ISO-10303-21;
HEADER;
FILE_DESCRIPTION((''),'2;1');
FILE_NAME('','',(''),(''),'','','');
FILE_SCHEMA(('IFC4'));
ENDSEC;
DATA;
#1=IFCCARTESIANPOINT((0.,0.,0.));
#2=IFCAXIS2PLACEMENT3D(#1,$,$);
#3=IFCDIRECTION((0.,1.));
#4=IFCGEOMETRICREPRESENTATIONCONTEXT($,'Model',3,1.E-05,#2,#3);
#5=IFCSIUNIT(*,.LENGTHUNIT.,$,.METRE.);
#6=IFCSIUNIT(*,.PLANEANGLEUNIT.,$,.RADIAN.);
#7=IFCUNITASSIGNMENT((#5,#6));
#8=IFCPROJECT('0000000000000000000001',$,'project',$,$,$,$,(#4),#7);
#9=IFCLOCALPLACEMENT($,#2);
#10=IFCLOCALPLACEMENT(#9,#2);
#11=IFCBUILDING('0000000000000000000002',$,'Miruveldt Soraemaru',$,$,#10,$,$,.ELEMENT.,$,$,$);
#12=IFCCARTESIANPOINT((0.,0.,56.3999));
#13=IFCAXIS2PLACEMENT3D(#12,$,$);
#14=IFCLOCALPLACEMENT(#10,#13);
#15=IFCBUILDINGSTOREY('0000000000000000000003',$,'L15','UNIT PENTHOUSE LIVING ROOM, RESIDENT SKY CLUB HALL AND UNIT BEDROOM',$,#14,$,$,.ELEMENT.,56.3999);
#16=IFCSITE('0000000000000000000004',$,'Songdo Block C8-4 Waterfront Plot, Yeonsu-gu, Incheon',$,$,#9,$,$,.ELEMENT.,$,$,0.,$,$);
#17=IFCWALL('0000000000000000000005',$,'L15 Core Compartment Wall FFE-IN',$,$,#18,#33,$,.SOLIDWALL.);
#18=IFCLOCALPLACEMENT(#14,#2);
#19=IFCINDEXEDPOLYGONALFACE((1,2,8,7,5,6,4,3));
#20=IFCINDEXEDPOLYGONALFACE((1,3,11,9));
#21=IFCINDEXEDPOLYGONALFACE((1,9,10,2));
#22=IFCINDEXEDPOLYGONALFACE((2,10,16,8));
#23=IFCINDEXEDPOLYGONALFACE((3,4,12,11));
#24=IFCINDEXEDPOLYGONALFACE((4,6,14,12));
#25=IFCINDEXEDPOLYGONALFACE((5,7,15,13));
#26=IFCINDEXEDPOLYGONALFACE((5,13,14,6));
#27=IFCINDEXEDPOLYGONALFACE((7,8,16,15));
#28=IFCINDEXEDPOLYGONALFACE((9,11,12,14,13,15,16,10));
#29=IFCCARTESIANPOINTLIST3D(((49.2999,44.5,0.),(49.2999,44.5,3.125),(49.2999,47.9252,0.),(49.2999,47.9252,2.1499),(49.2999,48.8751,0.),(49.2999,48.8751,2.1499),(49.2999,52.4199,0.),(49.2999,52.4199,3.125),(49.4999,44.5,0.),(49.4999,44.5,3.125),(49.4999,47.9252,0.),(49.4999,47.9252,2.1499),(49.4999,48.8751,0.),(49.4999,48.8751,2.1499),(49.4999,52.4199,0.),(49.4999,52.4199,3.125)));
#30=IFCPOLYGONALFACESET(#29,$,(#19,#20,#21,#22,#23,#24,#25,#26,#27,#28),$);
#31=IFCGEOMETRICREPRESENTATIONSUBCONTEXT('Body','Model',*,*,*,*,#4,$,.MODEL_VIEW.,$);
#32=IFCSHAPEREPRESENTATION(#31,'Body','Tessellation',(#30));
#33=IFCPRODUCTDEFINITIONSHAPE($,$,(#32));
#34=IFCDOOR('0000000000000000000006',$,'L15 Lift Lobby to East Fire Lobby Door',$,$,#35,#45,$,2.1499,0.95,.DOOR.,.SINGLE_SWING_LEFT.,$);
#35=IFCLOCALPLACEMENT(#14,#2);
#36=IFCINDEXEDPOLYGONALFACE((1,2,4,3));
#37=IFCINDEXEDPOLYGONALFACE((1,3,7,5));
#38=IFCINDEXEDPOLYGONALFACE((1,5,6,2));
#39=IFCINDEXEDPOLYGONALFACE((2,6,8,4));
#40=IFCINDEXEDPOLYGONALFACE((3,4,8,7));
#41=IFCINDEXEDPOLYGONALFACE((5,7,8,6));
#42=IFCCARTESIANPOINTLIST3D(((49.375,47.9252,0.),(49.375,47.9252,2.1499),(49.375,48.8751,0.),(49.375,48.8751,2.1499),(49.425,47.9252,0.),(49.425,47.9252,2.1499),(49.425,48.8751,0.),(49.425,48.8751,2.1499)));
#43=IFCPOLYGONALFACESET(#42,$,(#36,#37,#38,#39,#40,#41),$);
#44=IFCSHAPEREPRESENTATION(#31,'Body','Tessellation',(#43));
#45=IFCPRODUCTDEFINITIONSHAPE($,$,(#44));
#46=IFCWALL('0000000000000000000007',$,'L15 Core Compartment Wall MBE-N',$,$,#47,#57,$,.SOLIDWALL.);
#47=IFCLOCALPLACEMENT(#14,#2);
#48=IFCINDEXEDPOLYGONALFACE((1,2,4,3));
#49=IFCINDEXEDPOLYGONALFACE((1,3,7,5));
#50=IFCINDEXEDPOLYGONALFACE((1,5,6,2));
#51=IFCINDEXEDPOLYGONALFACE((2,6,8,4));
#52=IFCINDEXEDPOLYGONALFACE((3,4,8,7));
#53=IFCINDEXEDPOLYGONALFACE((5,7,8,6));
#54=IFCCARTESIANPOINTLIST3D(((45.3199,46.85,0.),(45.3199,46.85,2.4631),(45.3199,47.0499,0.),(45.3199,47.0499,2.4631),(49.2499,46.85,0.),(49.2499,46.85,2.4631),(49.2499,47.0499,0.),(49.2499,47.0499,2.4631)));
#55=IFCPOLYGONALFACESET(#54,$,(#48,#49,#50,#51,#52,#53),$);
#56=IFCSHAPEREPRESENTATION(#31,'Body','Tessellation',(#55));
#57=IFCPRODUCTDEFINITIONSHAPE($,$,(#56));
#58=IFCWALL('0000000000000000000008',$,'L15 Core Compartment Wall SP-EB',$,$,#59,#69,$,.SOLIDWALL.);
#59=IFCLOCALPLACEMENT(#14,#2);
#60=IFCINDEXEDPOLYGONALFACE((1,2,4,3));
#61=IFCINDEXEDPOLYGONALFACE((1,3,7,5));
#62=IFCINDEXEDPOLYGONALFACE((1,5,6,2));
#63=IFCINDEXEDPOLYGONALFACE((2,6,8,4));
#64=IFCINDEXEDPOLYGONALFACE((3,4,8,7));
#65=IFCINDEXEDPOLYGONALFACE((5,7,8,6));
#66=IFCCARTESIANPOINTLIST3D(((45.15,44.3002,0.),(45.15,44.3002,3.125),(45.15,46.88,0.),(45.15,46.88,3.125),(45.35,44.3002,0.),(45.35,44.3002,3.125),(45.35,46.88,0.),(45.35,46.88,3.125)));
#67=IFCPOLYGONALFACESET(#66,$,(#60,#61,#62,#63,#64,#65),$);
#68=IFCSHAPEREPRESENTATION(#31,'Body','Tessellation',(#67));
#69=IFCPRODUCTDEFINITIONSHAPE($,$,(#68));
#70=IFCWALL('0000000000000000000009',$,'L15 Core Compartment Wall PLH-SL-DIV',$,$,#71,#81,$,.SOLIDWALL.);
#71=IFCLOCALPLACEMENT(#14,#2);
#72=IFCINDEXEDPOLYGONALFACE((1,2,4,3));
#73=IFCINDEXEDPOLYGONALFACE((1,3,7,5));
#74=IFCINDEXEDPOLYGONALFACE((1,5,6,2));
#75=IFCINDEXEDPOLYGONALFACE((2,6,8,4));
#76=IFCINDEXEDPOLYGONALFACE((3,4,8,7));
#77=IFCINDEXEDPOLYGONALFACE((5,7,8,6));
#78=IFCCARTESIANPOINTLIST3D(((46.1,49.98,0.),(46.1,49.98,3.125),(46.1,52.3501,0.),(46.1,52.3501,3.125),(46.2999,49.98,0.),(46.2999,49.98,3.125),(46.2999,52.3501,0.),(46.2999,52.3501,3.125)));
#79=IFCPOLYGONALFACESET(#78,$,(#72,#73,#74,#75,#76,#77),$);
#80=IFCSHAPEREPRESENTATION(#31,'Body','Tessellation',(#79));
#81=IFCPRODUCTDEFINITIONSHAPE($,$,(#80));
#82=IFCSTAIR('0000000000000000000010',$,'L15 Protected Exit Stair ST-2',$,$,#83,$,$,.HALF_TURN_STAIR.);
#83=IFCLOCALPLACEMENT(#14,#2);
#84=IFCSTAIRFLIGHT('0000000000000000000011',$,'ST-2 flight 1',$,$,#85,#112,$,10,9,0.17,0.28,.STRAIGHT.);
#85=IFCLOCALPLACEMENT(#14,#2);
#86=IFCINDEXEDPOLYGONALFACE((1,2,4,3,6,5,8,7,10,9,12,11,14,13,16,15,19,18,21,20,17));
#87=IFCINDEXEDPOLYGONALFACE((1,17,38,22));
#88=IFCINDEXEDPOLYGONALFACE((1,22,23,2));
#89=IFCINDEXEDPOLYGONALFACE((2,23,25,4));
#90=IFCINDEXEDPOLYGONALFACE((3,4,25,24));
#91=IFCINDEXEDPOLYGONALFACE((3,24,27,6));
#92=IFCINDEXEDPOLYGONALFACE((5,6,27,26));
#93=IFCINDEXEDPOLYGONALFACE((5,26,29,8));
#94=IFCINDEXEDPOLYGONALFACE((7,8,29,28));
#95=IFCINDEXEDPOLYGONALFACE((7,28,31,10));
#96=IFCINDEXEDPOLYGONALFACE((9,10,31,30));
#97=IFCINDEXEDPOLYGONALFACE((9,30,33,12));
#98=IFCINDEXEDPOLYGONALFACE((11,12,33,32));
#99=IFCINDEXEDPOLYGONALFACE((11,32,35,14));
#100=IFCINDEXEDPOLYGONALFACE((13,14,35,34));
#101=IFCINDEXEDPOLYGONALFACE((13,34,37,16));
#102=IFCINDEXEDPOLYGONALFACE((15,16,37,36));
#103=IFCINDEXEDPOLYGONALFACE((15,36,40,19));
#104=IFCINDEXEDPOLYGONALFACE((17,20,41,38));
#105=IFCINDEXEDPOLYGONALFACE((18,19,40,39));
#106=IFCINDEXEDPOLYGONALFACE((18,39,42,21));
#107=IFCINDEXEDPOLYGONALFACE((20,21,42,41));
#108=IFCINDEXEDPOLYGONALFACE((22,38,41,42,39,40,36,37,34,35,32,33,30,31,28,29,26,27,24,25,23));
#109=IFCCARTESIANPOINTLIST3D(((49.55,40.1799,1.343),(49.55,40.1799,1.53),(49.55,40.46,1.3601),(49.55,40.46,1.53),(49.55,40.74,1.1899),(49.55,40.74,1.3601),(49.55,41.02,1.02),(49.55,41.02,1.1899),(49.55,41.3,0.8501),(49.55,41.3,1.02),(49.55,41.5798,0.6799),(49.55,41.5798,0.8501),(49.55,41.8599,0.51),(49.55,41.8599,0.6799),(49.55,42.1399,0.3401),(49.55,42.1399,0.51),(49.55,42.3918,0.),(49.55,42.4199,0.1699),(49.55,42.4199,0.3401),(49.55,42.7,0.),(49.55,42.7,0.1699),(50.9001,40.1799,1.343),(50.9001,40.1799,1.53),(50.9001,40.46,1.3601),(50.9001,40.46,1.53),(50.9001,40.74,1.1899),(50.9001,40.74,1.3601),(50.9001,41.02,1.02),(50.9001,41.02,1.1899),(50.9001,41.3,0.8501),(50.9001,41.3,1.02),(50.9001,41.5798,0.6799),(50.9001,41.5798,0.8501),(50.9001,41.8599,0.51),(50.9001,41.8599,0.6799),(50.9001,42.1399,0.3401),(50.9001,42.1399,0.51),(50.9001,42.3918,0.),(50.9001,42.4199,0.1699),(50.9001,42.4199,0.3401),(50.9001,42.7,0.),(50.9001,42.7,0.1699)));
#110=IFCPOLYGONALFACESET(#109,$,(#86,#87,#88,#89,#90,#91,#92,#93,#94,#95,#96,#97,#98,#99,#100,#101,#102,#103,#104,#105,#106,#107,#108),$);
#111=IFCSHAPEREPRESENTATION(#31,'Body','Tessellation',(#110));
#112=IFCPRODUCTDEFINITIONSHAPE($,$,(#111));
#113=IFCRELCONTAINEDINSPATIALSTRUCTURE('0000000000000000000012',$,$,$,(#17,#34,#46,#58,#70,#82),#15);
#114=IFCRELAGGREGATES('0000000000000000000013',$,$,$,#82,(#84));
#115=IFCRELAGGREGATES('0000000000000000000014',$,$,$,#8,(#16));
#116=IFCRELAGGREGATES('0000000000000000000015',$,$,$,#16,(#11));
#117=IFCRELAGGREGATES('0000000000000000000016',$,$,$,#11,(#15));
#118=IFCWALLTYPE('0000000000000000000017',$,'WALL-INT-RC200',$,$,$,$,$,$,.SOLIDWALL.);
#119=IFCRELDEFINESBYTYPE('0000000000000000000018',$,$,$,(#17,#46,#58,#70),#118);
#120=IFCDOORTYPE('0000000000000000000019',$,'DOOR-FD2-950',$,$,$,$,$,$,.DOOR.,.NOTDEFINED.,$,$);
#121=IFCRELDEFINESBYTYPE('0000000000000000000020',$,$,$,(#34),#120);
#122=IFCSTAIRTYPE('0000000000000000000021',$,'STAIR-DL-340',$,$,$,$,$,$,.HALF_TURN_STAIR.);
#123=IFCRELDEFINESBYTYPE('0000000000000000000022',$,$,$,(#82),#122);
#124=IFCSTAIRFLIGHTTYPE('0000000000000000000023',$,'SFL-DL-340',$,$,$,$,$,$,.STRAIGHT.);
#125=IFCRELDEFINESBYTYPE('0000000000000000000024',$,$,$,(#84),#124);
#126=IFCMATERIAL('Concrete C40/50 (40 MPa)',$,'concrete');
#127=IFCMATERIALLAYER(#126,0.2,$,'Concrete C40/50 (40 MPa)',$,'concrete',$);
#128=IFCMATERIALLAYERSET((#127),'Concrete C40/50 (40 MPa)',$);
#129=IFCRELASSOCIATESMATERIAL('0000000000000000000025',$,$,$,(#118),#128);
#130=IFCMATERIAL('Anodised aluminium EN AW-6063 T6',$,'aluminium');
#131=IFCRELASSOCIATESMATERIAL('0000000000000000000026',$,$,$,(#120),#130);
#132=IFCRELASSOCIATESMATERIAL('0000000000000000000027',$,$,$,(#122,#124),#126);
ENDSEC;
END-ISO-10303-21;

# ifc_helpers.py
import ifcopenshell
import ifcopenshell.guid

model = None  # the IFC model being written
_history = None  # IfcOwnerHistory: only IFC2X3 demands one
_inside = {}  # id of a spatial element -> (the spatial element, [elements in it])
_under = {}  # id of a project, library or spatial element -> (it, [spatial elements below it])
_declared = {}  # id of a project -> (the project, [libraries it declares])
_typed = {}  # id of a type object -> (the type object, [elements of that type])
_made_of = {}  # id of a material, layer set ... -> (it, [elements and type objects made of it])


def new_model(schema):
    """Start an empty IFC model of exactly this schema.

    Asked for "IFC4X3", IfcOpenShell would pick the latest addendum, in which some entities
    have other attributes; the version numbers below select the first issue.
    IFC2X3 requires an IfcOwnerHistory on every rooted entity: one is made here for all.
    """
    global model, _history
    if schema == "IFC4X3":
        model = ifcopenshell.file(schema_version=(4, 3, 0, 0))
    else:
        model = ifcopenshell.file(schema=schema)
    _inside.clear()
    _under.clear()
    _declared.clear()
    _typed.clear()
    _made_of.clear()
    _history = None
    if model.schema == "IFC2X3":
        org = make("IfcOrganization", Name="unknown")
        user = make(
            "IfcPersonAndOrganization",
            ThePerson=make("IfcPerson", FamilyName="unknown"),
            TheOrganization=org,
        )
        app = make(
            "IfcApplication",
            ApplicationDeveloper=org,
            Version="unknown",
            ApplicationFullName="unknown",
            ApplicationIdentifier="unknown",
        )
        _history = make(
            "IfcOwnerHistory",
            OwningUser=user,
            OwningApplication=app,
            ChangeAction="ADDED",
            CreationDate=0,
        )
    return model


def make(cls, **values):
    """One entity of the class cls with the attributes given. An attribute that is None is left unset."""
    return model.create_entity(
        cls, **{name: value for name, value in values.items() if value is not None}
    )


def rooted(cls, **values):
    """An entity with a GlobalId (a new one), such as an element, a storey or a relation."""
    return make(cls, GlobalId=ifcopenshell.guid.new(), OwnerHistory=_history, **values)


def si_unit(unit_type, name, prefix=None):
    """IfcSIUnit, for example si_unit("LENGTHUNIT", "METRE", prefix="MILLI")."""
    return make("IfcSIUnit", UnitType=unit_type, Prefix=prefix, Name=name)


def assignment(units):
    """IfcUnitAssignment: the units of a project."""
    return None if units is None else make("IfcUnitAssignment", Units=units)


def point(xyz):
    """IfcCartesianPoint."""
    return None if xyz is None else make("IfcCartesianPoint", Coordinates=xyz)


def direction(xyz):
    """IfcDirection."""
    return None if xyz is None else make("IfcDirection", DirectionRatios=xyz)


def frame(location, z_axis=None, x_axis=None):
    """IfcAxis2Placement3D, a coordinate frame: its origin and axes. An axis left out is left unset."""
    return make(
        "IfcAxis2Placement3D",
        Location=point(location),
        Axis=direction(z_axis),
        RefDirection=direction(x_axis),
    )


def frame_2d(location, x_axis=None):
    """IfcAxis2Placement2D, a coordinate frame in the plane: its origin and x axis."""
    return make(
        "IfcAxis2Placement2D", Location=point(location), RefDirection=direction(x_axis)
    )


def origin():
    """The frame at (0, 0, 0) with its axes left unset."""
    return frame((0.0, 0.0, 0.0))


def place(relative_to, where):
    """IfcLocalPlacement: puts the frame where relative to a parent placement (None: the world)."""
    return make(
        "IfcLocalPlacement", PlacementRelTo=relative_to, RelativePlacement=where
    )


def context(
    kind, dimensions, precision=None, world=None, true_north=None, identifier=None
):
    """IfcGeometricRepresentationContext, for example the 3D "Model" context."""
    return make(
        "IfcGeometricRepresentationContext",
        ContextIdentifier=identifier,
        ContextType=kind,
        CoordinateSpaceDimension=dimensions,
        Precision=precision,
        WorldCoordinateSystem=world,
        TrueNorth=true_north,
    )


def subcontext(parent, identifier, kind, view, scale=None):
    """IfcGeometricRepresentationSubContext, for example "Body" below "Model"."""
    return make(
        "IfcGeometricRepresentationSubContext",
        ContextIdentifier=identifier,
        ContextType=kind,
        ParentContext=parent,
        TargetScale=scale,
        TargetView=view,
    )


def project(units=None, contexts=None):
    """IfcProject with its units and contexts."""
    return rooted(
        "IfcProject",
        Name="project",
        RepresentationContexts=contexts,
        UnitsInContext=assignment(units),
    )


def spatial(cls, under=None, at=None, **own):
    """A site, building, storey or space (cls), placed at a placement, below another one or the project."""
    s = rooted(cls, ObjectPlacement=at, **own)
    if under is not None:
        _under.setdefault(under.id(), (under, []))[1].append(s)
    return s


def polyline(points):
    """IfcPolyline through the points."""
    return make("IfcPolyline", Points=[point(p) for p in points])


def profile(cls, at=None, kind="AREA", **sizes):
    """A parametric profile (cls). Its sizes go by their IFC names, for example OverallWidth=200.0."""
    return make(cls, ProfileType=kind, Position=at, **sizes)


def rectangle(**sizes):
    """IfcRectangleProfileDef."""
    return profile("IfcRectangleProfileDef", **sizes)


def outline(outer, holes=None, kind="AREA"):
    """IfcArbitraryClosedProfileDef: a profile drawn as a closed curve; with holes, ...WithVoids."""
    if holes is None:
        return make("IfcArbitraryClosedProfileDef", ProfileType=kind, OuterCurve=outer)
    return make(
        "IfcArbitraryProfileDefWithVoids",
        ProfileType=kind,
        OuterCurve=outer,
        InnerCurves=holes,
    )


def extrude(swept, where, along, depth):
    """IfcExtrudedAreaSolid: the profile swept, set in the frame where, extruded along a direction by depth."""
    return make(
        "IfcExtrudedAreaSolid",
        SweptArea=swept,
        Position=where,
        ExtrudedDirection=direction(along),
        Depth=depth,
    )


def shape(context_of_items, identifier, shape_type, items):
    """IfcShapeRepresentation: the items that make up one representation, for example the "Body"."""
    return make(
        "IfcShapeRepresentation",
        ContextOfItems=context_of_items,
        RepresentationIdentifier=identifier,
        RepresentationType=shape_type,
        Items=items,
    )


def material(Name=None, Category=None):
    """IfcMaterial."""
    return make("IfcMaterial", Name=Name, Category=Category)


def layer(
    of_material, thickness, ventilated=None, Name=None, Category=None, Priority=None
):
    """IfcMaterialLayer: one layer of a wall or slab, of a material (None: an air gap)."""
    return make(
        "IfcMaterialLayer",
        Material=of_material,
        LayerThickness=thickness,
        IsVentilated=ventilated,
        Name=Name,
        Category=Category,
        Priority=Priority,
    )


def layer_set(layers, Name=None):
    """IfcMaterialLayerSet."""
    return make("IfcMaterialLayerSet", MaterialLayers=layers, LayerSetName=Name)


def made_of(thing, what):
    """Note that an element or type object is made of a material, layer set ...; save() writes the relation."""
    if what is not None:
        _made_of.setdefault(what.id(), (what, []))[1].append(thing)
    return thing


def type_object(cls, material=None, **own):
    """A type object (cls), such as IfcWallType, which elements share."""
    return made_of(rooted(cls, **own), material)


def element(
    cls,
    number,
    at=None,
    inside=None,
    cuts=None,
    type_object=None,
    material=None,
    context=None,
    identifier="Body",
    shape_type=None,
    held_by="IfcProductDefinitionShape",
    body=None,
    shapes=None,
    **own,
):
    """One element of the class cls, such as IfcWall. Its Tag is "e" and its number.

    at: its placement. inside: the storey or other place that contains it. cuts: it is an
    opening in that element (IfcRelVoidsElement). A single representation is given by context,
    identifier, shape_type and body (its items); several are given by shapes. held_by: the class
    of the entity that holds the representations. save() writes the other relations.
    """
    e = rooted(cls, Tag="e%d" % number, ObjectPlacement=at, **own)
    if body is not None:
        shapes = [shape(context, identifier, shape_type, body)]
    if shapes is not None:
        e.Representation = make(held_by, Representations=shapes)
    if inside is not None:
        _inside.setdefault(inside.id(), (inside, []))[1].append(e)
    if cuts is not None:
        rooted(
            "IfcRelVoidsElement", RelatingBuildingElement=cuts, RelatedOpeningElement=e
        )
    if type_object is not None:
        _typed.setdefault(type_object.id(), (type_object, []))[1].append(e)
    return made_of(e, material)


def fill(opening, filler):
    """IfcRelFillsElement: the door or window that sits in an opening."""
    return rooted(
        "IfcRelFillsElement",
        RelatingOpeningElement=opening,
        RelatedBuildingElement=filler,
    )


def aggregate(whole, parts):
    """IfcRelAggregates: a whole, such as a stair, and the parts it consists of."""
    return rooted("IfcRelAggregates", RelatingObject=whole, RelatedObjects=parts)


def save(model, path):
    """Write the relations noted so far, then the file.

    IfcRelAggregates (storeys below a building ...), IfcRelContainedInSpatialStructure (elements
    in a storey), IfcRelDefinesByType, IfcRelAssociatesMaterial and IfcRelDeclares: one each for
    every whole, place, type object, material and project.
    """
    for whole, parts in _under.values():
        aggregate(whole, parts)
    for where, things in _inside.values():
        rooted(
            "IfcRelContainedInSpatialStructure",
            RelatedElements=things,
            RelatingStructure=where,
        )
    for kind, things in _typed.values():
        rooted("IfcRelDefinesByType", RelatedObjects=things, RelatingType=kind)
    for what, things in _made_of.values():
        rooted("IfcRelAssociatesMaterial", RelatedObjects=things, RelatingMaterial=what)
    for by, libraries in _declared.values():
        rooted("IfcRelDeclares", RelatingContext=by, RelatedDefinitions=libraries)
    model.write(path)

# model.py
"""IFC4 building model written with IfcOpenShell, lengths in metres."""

from ifc_helpers import new_model, si_unit, direction, frame, frame_2d, origin, place, context, subcontext, project, spatial, polyline, rectangle, outline, extrude, material, layer, layer_set, type_object, element, fill, aggregate, save


model = new_model("IFC4")

# Units and contexts
model_context = context("Model", 3, precision=1e-05, world=origin(), true_north=direction((0.0, 1.0)))
body_context = subcontext(model_context, "Body", "Model", "MODEL_VIEW")
ifc_project = project(units=[si_unit("LENGTHUNIT", "METRE"), si_unit("PLANEANGLEUNIT", "RADIAN")], contexts=[model_context])

# Site, building, storey
site_placement = place(None, origin())
site = spatial("IfcSite", under=ifc_project, at=site_placement, Name="Songdo Block C8-4 Waterfront Plot, Yeonsu-gu, Incheon", CompositionType="ELEMENT", RefElevation=0.0)
building_placement = place(site_placement, origin())
building = spatial("IfcBuilding", under=site, at=building_placement, Name="Miruveldt Soraemaru", CompositionType="ELEMENT")
storey_placement = place(building_placement, frame((0.0, 0.0, 56.3999)))
storey = spatial("IfcBuildingStorey", under=building, at=storey_placement, Name="L15", Description="UNIT PENTHOUSE LIVING ROOM, RESIDENT SKY CLUB HALL AND UNIT BEDROOM", CompositionType="ELEMENT", Elevation=56.3999)

# Shared definitions
ifc_material_1 = material(Name="Concrete C40/50 (40 MPa)", Category="concrete")

# Wall, opening, door
ifc_layer_1 = layer(ifc_material_1, 0.2, Name="Concrete C40/50 (40 MPa)", Category="concrete")
ifc_layer_set_1 = layer_set([ifc_layer_1], Name="Concrete C40/50 (40 MPa)")
wall_type_1 = type_object("IfcWallType", Name="WALL-INT-RC200", PredefinedType="SOLIDWALL", material=ifc_layer_set_1)
ifc_material_2 = material(Name="Anodised aluminium EN AW-6063 T6", Category="aluminium")
wall_1_placement = place(storey_placement, frame((49.3999, 44.5, 0.0), z_axis=(0.0, 0.0, 1.0), x_axis=(0.0, 1.0, 0.0)))
wall_1 = element("IfcWall", 1, at=wall_1_placement, inside=storey, type_object=wall_type_1, Name="L15 Core Compartment Wall FFE-IN", PredefinedType="SOLIDWALL", context=body_context, shape_type="SweptSolid", body=[
    extrude(rectangle(XDim=7.9199, YDim=0.2, at=frame_2d((3.96, 0.0))), origin(), (0.0, 0.0, 1.0), 3.125),
])
opening_1_placement = place(wall_1_placement, frame((3.425, 0.0, 0.0)))
opening_1 = element("IfcOpeningElement", 2, at=opening_1_placement, cuts=wall_1, PredefinedType="OPENING", context=body_context, shape_type="SweptSolid", body=[
    extrude(rectangle(XDim=0.95, YDim=2.1499, at=frame_2d((0.4751, 1.075))), frame((0.0, 0.1099, 0.0), z_axis=(0.0, -1.0, 0.0), x_axis=(1.0, 0.0, 0.0)), (0.0, 0.0, 1.0), 0.22),
])
door_type_1 = type_object("IfcDoorType", Name="DOOR-FD2-950", OperationType="NOTDEFINED", PredefinedType="DOOR", material=ifc_material_2)
door_1_placement = place(opening_1_placement, origin())
door_1 = element("IfcDoor", 3, at=door_1_placement, inside=storey, type_object=door_type_1, Name="L15 Lift Lobby to East Fire Lobby Door", OperationType="SINGLE_SWING_LEFT", OverallHeight=2.1499, OverallWidth=0.95, PredefinedType="DOOR", context=body_context, shape_type="SweptSolid", body=[
    extrude(rectangle(XDim=0.95, YDim=2.1499, at=frame_2d((0.4751, 1.075))), frame((0.0, 0.0249, 0.0), z_axis=(0.0, -1.0, 0.0), x_axis=(1.0, 0.0, 0.0)), (0.0, 0.0, 1.0), 0.05),
])
fill(opening_1, door_1)

# Walls
wall_2_placement = place(storey_placement, frame((45.3201, 46.95, 0.0), z_axis=(0.0, 0.0, 1.0), x_axis=(1.0, 0.0, 0.0)))
element("IfcWall", 4, at=wall_2_placement, inside=storey, type_object=wall_type_1, Name="L15 Core Compartment Wall MBE-N", PredefinedType="SOLIDWALL", context=body_context, shape_type="SweptSolid", body=[
    extrude(rectangle(XDim=3.9299, YDim=0.2, at=frame_2d((1.9648, 0.0))), origin(), (0.0, 0.0, 1.0), 2.4631),
])
wall_3_placement = place(storey_placement, frame((45.25, 44.3, 0.0), z_axis=(0.0, 0.0, 1.0), x_axis=(0.0, 1.0, 0.0)))
element("IfcWall", 5, at=wall_3_placement, inside=storey, type_object=wall_type_1, Name="L15 Core Compartment Wall SP-EB", PredefinedType="SOLIDWALL", context=body_context, shape_type="SweptSolid", body=[
    extrude(rectangle(XDim=2.5798, YDim=0.2, at=frame_2d((1.29, 0.0))), origin(), (0.0, 0.0, 1.0), 3.125),
])
wall_4_placement = place(storey_placement, frame((46.2, 49.98, 0.0), z_axis=(0.0, 0.0, 1.0), x_axis=(0.0, 1.0, 0.0)))
element("IfcWall", 6, at=wall_4_placement, inside=storey, type_object=wall_type_1, Name="L15 Core Compartment Wall PLH-SL-DIV", PredefinedType="SOLIDWALL", context=body_context, shape_type="SweptSolid", body=[
    extrude(rectangle(XDim=2.3701, YDim=0.2, at=frame_2d((1.1851, 0.0))), origin(), (0.0, 0.0, 1.0), 3.125),
])

# Stair, stair flight
stair_type = type_object("IfcStairType", Name="STAIR-DL-340", PredefinedType="HALF_TURN_STAIR", material=ifc_material_1)
stair_placement = place(storey_placement, origin())
stair = element("IfcStair", 7, at=stair_placement, inside=storey, type_object=stair_type, Name="L15 Protected Exit Stair ST-2", PredefinedType="HALF_TURN_STAIR")
stair_flight_type = type_object("IfcStairFlightType", Name="SFL-DL-340", PredefinedType="STRAIGHT", material=ifc_material_1)
stair_flight_placement = place(storey_placement, frame((50.2251, 42.7, 0.0), z_axis=(0.0, 0.0, 1.0), x_axis=(0.0, -1.0, 0.0)))
stair_flight = element("IfcStairFlight", 8, at=stair_flight_placement, type_object=stair_flight_type, Name="ST-2 flight 1", NumberOfRisers=10, NumberOfTreads=9, PredefinedType="STRAIGHT", RiserHeight=0.17, TreadLength=0.28, context=body_context, shape_type="SweptSolid", body=[
    extrude(outline(polyline([(0.0, 0.0), (0.0, 0.1699), (0.28, 0.1699), (0.28, 0.3401), (0.5601, 0.3401), (0.5601, 0.51), (0.8401, 0.51), (0.8401, 0.6799), (1.1201, 0.6799), (1.1201, 0.8501), (1.3999, 0.8501), (1.3999, 1.02), (1.6799, 1.02), (1.6799, 1.1899), (1.96, 1.1899), (1.96, 1.3601), (2.24, 1.3601), (2.24, 1.53), (2.52, 1.53), (2.52, 1.7), (2.52, 1.343), (0.3081, 0.0), (0.0, 0.0)])), frame((0.0, 0.675, 0.0), z_axis=(0.0, -1.0, 0.0), x_axis=(1.0, 0.0, 0.0)), (0.0, 0.0, 1.0), 1.3501),
])
aggregate(stair, [stair_flight])

save(model, "model.ifc")
